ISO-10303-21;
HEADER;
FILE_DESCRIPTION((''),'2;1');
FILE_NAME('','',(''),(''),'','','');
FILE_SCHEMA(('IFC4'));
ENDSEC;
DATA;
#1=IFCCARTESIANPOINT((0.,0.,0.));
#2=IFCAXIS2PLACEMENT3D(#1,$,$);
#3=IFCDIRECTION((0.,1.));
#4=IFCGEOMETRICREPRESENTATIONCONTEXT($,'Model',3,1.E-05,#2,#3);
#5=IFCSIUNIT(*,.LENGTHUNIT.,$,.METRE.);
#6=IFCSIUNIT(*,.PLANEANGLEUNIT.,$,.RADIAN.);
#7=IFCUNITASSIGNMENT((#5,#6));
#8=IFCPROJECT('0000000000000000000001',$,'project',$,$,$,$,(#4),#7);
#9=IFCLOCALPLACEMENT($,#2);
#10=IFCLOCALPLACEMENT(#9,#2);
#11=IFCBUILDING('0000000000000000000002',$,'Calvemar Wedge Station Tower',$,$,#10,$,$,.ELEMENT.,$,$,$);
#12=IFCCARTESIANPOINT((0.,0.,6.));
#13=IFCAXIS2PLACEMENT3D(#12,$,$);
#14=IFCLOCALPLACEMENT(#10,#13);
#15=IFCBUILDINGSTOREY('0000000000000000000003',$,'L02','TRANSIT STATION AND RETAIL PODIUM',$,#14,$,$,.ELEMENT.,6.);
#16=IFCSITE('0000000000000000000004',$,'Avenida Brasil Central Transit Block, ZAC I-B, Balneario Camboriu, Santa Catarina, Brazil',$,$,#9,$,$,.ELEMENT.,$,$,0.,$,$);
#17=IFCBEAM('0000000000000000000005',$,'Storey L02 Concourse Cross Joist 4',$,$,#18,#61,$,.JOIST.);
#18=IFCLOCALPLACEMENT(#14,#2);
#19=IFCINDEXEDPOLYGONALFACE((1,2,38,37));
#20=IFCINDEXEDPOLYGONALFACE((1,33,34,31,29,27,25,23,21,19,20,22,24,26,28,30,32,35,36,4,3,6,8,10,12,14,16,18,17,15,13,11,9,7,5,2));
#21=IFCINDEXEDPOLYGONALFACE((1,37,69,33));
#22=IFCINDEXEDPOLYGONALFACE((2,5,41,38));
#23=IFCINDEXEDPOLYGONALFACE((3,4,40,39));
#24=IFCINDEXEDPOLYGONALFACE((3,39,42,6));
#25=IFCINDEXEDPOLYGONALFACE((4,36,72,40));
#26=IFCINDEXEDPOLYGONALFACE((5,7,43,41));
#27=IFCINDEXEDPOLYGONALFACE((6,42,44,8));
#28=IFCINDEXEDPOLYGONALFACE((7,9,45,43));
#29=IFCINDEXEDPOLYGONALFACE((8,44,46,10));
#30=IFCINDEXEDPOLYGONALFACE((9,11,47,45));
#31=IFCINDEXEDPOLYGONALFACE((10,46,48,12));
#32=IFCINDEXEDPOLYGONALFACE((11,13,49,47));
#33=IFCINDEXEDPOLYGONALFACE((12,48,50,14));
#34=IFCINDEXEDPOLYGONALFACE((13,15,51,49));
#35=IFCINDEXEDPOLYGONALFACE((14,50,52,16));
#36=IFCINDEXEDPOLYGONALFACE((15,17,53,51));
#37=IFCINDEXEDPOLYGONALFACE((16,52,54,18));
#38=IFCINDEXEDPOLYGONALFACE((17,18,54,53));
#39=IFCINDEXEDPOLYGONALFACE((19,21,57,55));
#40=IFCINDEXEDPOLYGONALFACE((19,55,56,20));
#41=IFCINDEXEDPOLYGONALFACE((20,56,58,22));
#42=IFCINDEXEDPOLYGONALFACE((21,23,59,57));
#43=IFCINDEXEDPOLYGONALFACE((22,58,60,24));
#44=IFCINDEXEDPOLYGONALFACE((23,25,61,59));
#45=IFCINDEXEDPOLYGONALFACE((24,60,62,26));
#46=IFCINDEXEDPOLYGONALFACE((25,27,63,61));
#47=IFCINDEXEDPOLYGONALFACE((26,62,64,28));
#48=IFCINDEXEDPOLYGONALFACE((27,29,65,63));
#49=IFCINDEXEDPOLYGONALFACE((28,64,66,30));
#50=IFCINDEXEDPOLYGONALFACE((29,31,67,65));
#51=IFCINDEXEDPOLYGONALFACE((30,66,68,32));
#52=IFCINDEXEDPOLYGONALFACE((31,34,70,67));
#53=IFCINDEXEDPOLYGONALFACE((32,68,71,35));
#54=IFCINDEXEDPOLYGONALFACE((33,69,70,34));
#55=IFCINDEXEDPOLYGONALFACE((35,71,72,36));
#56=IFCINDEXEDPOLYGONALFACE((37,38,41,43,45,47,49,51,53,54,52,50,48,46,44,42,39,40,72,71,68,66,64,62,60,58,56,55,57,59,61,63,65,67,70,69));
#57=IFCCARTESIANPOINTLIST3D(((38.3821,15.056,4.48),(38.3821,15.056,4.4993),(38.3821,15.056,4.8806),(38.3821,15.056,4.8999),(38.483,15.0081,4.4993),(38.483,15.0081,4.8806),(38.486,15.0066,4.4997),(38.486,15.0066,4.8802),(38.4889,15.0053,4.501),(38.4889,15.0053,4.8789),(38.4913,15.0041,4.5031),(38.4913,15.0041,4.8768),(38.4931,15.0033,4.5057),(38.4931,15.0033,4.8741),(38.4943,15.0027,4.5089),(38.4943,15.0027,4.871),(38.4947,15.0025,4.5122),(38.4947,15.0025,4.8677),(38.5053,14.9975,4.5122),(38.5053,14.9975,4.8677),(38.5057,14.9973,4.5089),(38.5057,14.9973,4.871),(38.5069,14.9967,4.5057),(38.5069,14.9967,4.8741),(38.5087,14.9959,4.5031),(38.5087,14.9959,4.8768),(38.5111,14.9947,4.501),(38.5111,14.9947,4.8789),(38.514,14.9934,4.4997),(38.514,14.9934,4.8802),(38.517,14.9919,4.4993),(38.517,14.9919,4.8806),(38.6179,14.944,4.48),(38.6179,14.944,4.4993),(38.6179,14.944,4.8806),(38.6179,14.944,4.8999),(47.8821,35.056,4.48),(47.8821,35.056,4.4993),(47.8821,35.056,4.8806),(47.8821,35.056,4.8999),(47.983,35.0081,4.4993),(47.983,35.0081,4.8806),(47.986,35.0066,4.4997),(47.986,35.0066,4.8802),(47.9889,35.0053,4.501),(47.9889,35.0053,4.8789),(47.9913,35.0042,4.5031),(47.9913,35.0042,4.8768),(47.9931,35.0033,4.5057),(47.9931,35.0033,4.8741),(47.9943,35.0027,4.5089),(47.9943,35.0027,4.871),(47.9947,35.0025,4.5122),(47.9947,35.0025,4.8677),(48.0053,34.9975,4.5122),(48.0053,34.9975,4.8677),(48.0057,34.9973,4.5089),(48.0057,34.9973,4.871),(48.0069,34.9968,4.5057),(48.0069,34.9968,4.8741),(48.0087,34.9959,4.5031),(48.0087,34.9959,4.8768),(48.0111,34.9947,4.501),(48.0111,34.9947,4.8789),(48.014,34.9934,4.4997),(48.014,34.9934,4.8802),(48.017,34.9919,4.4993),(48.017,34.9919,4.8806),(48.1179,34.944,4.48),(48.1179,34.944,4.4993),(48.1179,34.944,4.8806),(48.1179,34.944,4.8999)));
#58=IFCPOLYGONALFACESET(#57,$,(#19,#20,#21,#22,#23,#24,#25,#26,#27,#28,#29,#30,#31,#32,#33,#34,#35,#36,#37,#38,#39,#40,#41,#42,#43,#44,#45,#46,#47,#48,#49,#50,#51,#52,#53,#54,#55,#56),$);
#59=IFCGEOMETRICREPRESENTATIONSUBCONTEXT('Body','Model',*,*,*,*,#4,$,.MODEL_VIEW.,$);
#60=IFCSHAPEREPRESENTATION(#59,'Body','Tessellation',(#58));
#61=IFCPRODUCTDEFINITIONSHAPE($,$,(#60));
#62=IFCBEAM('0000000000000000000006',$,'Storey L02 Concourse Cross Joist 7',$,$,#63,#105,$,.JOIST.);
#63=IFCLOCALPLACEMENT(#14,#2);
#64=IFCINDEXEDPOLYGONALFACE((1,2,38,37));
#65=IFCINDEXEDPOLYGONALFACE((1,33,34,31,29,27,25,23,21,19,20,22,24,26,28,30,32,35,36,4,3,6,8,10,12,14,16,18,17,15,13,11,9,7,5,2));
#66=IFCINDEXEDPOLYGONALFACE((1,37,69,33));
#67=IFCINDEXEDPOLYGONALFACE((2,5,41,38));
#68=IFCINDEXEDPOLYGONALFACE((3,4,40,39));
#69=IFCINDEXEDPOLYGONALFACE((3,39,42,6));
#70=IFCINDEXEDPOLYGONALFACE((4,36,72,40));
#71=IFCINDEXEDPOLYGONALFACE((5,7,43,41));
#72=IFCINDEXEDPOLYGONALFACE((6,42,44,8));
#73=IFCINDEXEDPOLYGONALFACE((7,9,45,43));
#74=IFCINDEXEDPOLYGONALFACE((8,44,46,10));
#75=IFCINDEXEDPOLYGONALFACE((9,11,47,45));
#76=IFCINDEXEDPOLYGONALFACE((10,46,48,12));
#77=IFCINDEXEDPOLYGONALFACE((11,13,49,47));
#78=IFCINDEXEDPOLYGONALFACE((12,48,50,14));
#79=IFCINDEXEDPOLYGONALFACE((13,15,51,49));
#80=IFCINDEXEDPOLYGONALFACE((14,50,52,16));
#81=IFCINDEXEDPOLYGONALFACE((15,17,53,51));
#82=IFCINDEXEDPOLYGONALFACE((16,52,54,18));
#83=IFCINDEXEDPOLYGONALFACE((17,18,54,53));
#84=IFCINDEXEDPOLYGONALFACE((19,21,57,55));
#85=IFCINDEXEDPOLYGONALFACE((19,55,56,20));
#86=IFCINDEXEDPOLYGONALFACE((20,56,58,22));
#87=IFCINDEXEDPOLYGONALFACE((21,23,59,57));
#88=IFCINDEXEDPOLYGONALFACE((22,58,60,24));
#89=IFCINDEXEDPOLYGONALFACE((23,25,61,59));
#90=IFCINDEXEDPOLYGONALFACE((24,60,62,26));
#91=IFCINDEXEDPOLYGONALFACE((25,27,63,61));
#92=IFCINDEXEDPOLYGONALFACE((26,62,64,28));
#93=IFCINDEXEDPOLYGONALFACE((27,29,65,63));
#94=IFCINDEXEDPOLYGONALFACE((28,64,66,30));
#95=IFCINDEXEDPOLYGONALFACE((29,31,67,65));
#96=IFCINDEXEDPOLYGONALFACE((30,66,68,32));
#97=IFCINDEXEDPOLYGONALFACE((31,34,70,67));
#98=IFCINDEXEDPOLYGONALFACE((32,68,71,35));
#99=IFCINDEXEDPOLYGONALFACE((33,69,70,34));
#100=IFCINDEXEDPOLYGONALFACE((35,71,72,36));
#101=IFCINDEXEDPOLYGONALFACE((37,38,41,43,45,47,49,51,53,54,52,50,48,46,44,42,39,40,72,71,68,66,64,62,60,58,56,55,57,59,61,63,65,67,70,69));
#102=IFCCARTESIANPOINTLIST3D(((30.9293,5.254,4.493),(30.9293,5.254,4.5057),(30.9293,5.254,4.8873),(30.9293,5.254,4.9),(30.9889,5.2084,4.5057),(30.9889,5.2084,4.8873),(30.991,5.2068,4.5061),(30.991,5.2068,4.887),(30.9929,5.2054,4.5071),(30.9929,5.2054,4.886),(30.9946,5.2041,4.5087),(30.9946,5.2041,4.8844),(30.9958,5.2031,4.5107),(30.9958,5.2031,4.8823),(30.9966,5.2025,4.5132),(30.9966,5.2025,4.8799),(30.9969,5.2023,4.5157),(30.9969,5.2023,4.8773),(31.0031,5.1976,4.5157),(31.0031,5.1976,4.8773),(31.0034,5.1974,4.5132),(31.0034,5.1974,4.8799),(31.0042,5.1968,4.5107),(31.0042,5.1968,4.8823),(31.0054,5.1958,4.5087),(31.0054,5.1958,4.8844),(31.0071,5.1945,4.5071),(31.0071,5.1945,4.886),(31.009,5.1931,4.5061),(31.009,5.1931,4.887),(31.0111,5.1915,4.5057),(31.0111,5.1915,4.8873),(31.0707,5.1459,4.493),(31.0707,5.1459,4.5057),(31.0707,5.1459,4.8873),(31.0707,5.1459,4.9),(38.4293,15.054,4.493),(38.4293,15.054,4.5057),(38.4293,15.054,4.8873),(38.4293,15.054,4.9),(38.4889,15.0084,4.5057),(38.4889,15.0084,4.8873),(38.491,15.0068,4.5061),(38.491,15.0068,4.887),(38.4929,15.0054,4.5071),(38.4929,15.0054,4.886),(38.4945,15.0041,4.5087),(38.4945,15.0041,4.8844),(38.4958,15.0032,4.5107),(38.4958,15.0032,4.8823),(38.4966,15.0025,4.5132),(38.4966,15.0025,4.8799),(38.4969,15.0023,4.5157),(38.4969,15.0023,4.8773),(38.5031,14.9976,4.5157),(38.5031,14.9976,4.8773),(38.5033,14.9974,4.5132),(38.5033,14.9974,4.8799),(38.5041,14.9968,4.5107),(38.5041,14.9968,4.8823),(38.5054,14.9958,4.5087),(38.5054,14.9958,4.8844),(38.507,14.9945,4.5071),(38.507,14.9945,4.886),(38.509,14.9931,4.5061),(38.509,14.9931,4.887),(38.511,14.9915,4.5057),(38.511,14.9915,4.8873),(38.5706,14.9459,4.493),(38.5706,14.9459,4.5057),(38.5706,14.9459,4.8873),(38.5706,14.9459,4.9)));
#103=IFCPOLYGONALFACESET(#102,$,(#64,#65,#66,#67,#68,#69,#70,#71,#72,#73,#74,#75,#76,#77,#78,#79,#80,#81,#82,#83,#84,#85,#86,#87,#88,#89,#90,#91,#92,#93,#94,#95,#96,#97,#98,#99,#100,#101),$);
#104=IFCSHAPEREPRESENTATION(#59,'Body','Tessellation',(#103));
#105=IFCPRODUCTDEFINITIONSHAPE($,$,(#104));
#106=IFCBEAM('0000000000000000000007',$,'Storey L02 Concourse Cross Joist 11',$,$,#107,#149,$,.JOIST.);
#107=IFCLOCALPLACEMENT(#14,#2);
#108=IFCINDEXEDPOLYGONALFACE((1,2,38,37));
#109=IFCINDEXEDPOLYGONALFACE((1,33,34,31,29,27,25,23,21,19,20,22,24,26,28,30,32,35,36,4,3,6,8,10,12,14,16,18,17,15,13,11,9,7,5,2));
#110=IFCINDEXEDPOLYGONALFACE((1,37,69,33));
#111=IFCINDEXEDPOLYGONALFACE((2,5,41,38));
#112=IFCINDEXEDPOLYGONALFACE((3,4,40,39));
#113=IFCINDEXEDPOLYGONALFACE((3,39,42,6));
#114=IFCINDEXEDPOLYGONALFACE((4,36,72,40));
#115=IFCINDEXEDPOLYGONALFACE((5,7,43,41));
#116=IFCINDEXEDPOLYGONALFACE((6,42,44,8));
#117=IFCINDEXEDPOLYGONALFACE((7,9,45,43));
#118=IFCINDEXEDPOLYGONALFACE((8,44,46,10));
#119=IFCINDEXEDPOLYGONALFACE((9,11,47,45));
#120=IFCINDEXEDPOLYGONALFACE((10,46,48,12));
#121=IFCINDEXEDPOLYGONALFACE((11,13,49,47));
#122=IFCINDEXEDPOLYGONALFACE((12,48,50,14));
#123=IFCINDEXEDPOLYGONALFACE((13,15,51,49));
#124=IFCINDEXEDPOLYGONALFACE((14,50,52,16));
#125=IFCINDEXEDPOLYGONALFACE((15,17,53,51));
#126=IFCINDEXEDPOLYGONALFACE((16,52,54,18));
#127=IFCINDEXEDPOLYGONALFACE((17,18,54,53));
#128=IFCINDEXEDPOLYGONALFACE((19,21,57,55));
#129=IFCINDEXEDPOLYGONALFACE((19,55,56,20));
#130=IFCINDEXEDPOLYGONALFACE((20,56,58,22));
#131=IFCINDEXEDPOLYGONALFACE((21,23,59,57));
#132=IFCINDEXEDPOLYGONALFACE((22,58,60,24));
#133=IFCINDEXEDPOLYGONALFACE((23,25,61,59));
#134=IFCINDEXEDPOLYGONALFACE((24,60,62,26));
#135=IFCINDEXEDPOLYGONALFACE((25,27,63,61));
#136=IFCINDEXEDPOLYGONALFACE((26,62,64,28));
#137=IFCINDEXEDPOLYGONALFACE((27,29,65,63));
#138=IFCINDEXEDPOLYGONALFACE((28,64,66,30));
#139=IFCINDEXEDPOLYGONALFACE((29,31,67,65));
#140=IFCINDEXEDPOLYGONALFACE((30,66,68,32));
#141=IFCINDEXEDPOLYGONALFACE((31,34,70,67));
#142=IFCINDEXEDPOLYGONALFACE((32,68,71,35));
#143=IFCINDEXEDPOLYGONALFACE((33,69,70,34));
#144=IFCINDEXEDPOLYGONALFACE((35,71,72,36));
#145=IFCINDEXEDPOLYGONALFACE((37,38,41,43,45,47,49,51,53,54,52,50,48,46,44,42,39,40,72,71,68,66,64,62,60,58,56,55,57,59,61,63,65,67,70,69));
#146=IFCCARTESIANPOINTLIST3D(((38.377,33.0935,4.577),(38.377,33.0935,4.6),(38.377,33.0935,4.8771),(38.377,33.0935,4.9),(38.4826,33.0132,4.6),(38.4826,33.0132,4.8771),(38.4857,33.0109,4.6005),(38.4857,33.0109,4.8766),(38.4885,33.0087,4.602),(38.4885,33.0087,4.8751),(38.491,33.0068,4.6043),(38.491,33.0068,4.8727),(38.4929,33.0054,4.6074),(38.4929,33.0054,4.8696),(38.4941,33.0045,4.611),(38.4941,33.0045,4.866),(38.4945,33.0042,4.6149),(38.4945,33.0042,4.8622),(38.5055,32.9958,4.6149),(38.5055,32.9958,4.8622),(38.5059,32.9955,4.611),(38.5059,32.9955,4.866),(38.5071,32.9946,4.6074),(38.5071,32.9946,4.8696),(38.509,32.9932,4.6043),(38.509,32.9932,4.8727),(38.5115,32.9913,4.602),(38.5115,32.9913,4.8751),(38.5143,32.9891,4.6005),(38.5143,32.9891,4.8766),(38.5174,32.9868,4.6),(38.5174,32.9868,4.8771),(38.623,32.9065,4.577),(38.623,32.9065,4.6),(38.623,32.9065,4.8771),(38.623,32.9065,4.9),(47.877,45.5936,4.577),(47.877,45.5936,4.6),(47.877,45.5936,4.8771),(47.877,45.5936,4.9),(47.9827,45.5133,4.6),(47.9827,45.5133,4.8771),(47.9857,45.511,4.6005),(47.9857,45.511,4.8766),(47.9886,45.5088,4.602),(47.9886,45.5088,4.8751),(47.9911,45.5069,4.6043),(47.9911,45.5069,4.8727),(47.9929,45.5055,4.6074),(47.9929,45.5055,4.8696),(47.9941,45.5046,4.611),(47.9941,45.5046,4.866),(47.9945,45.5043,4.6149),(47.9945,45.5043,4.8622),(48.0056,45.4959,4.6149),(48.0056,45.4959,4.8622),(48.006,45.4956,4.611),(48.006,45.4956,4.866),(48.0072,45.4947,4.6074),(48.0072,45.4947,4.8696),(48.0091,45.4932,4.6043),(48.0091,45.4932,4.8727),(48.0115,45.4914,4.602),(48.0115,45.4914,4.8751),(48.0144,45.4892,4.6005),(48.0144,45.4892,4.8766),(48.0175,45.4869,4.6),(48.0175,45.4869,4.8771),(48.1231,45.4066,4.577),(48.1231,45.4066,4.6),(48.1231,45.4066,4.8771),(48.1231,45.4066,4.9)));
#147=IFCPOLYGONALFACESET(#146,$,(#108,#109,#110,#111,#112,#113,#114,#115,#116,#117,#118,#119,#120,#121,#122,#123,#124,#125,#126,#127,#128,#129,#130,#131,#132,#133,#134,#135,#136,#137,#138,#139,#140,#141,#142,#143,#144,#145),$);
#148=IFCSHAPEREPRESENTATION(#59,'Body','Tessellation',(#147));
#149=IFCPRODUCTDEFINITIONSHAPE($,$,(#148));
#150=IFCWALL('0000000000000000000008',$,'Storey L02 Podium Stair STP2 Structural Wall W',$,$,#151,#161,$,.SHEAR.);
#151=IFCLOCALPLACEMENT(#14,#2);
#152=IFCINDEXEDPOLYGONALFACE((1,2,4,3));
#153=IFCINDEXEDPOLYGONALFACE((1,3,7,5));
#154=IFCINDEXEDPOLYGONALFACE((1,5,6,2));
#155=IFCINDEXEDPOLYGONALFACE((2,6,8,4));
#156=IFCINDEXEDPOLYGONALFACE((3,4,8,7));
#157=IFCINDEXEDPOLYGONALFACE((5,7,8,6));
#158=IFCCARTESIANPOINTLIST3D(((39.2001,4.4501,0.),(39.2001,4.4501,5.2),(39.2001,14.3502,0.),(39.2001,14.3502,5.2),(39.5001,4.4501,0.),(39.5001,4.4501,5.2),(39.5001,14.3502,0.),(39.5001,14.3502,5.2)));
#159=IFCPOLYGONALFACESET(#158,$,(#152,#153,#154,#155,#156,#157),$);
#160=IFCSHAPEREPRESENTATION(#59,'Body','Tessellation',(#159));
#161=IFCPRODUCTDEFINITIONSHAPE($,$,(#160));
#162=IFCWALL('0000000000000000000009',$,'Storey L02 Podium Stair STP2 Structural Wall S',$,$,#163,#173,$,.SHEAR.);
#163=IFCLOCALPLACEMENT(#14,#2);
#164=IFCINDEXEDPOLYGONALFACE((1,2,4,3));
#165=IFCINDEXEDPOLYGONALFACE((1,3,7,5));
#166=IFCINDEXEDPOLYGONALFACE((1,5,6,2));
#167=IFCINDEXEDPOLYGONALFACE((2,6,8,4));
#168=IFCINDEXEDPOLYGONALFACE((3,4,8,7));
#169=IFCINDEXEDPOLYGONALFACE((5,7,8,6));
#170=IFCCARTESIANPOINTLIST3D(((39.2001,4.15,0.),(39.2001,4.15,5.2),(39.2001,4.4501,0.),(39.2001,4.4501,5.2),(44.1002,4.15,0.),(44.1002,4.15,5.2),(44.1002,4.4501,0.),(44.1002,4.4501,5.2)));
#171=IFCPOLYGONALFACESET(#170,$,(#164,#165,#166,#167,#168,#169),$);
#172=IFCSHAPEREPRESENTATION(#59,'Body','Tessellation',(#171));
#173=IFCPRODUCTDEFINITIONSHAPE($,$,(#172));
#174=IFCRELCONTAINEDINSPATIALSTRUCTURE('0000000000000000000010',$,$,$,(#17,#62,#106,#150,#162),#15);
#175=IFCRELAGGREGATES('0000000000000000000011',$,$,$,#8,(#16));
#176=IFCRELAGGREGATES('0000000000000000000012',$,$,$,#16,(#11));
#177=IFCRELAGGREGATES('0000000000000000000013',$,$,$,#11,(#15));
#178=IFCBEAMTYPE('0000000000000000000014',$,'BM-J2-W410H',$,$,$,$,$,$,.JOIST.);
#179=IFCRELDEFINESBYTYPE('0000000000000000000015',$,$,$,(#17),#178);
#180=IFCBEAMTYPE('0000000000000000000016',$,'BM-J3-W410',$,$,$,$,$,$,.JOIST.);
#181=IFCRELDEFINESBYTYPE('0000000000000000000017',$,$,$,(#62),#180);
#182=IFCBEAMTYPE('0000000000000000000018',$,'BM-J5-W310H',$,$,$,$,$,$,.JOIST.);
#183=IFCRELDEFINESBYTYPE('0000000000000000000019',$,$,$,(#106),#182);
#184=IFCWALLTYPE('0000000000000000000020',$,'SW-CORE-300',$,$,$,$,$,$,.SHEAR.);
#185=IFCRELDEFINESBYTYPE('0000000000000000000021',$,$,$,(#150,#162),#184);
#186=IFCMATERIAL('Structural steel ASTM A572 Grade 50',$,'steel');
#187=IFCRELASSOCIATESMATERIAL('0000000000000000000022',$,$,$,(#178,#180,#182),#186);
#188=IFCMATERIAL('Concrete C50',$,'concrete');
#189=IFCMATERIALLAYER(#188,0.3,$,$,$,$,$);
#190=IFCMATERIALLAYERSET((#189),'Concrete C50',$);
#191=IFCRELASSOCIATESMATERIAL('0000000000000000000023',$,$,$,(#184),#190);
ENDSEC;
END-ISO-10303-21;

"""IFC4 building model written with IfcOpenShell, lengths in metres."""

from ifc_helpers import new_model, si_unit, direction, frame, frame_2d, origin, origin_2d, place, context, subcontext, project, spatial, rectangle, i_section, extrude, source, transform, mapped, material, layer, layer_set, material_profile, profile_set, type_object, element, save


model = new_model("IFC4")

# Units and contexts
model_context = context("Model", 3, precision=1e-05, world=origin(), true_north=direction((0.0, 1.0)))
body_context = subcontext(model_context, "Body", "Model", "MODEL_VIEW")
ifc_project = project(units=[si_unit("LENGTHUNIT", "METRE"), si_unit("PLANEANGLEUNIT", "RADIAN")], contexts=[model_context])

# Site, building, storey
site_placement = place(None, origin())
site = spatial("IfcSite", under=ifc_project, at=site_placement, Name="Avenida Brasil Central Transit Block, ZAC I-B, Balneario Camboriu, Santa Catarina, Brazil", CompositionType="ELEMENT", RefElevation=0.0)
building_placement = place(site_placement, origin())
building = spatial("IfcBuilding", under=site, at=building_placement, Name="Calvemar Wedge Station Tower", CompositionType="ELEMENT")
storey_placement = place(building_placement, frame((0.0, 0.0, 6.0)))
storey = spatial("IfcBuildingStorey", under=building, at=storey_placement, Name="L02", Description="TRANSIT STATION AND RETAIL PODIUM", CompositionType="ELEMENT", Elevation=6.0)

# Beams
ifc_material_1 = material(Name="Structural steel ASTM A572 Grade 50", Category="steel")
ifc_material_2 = material(Name="Concrete C50", Category="concrete")
ifc_material_profile_1 = material_profile(ifc_material_1, i_section(OverallWidth=0.261, OverallDepth=0.4199, WebThickness=0.0117, FlangeThickness=0.0193, FilletRadius=0.0129, at=origin_2d()), Name="W410x114")
ifc_profile_set_1 = profile_set([ifc_material_profile_1], Name="Structural steel ASTM A572 Grade 50")
beam_type_1 = type_object("IfcBeamType", Name="BM-J2-W410H", PredefinedType="JOIST", material=ifc_profile_set_1)
shared_shape_1 = source(origin(), body_context, "Body", "SweptSolid", [
    extrude(i_section(OverallWidth=0.261, OverallDepth=0.4199, WebThickness=0.0117, FlangeThickness=0.0193, FilletRadius=0.0129, at=origin_2d()), origin(), (0.0, 0.0, 1.0), 22.1416),
])
beam_1_placement = place(storey_placement, frame((38.5, 15.0, 4.6899), z_axis=(0.429057, 0.903278, 0.0), x_axis=(-0.903278, 0.429057, 0.0)))
element("IfcBeam", 1, at=beam_1_placement, inside=storey, type_object=beam_type_1, Name="Storey L02 Concourse Cross Joist 4", PredefinedType="JOIST", context=body_context, shape_type="MappedRepresentation", body=[
    mapped(shared_shape_1, transform((0.0, 0.0, 0.0), scale=1.0)),
])
ifc_material_profile_2 = material_profile(ifc_material_1, i_section(OverallWidth=0.178, OverallDepth=0.407, WebThickness=0.0078, FlangeThickness=0.0127, FilletRadius=0.01, at=origin_2d()), Name="W410x60")
ifc_profile_set_2 = profile_set([ifc_material_profile_2], Name="Structural steel ASTM A572 Grade 50")
beam_type_2 = type_object("IfcBeamType", Name="BM-J3-W410", PredefinedType="JOIST", material=ifc_profile_set_2)
shared_shape_2 = source(origin(), body_context, "Body", "SweptSolid", [
    extrude(i_section(OverallWidth=0.178, OverallDepth=0.407, WebThickness=0.0078, FlangeThickness=0.0127, FilletRadius=0.01, at=origin_2d()), origin(), (0.0, 0.0, 1.0), 12.3406),
])
beam_2_placement = place(storey_placement, frame((31.0, 5.2, 4.6965), z_axis=(0.607749, 0.794129, 0.0), x_axis=(-0.794129, 0.607749, 0.0)))
element("IfcBeam", 2, at=beam_2_placement, inside=storey, type_object=beam_type_2, Name="Storey L02 Concourse Cross Joist 7", PredefinedType="JOIST", context=body_context, shape_type="MappedRepresentation", body=[
    mapped(shared_shape_2, transform((0.0, 0.0, 0.0), scale=1.0)),
])
ifc_material_profile_3 = material_profile(ifc_material_1, i_section(OverallWidth=0.3091, OverallDepth=0.323, WebThickness=0.0139, FlangeThickness=0.0229, FilletRadius=0.0149, at=origin_2d()), Name="W310x143")
ifc_profile_set_3 = profile_set([ifc_material_profile_3], Name="Structural steel ASTM A572 Grade 50")
beam_type_3 = type_object("IfcBeamType", Name="BM-J5-W310H", PredefinedType="JOIST", material=ifc_profile_set_3)
shared_shape_3 = source(origin(), body_context, "Body", "SweptSolid", [
    extrude(i_section(OverallWidth=0.3091, OverallDepth=0.323, WebThickness=0.0139, FlangeThickness=0.0229, FilletRadius=0.0149, at=origin_2d()), origin(), (0.0, 0.0, 1.0), 15.7004),
])
beam_3_placement = place(storey_placement, frame((38.5, 33.0, 4.7385), z_axis=(0.605083, 0.796162, 0.0), x_axis=(-0.796162, 0.605083, 0.0)))
element("IfcBeam", 3, at=beam_3_placement, inside=storey, type_object=beam_type_3, Name="Storey L02 Concourse Cross Joist 11", PredefinedType="JOIST", context=body_context, shape_type="MappedRepresentation", body=[
    mapped(shared_shape_3, transform((0.0, 0.0, 0.0), scale=1.0)),
])

# Walls
ifc_layer_1 = layer(ifc_material_2, 0.3)
ifc_layer_set_1 = layer_set([ifc_layer_1], Name="Concrete C50")
wall_type_1 = type_object("IfcWallType", Name="SW-CORE-300", PredefinedType="SHEAR", material=ifc_layer_set_1)
wall_1_placement = place(storey_placement, frame((39.3501, 4.45, 0.0), z_axis=(0.0, 0.0, 1.0), x_axis=(0.0, 1.0, 0.0)))
element("IfcWall", 4, at=wall_1_placement, inside=storey, type_object=wall_type_1, Name="Storey L02 Podium Stair STP2 Structural Wall W", PredefinedType="SHEAR", context=body_context, shape_type="SweptSolid", body=[
    extrude(rectangle(XDim=9.9001, YDim=0.3, at=frame_2d((4.9502, 0.0))), origin(), (0.0, 0.0, 1.0), 5.2),
])
wall_2_placement = place(storey_placement, frame((39.2, 4.3, 0.0), z_axis=(0.0, 0.0, 1.0), x_axis=(1.0, 0.0, 0.0)))
element("IfcWall", 5, at=wall_2_placement, inside=storey, type_object=wall_type_1, Name="Storey L02 Podium Stair STP2 Structural Wall S", PredefinedType="SHEAR", context=body_context, shape_type="SweptSolid", body=[
    extrude(rectangle(XDim=4.9001, YDim=0.3, at=frame_2d((2.4502, 0.0))), origin(), (0.0, 0.0, 1.0), 5.2),
])

save(model, "model.ifc")
